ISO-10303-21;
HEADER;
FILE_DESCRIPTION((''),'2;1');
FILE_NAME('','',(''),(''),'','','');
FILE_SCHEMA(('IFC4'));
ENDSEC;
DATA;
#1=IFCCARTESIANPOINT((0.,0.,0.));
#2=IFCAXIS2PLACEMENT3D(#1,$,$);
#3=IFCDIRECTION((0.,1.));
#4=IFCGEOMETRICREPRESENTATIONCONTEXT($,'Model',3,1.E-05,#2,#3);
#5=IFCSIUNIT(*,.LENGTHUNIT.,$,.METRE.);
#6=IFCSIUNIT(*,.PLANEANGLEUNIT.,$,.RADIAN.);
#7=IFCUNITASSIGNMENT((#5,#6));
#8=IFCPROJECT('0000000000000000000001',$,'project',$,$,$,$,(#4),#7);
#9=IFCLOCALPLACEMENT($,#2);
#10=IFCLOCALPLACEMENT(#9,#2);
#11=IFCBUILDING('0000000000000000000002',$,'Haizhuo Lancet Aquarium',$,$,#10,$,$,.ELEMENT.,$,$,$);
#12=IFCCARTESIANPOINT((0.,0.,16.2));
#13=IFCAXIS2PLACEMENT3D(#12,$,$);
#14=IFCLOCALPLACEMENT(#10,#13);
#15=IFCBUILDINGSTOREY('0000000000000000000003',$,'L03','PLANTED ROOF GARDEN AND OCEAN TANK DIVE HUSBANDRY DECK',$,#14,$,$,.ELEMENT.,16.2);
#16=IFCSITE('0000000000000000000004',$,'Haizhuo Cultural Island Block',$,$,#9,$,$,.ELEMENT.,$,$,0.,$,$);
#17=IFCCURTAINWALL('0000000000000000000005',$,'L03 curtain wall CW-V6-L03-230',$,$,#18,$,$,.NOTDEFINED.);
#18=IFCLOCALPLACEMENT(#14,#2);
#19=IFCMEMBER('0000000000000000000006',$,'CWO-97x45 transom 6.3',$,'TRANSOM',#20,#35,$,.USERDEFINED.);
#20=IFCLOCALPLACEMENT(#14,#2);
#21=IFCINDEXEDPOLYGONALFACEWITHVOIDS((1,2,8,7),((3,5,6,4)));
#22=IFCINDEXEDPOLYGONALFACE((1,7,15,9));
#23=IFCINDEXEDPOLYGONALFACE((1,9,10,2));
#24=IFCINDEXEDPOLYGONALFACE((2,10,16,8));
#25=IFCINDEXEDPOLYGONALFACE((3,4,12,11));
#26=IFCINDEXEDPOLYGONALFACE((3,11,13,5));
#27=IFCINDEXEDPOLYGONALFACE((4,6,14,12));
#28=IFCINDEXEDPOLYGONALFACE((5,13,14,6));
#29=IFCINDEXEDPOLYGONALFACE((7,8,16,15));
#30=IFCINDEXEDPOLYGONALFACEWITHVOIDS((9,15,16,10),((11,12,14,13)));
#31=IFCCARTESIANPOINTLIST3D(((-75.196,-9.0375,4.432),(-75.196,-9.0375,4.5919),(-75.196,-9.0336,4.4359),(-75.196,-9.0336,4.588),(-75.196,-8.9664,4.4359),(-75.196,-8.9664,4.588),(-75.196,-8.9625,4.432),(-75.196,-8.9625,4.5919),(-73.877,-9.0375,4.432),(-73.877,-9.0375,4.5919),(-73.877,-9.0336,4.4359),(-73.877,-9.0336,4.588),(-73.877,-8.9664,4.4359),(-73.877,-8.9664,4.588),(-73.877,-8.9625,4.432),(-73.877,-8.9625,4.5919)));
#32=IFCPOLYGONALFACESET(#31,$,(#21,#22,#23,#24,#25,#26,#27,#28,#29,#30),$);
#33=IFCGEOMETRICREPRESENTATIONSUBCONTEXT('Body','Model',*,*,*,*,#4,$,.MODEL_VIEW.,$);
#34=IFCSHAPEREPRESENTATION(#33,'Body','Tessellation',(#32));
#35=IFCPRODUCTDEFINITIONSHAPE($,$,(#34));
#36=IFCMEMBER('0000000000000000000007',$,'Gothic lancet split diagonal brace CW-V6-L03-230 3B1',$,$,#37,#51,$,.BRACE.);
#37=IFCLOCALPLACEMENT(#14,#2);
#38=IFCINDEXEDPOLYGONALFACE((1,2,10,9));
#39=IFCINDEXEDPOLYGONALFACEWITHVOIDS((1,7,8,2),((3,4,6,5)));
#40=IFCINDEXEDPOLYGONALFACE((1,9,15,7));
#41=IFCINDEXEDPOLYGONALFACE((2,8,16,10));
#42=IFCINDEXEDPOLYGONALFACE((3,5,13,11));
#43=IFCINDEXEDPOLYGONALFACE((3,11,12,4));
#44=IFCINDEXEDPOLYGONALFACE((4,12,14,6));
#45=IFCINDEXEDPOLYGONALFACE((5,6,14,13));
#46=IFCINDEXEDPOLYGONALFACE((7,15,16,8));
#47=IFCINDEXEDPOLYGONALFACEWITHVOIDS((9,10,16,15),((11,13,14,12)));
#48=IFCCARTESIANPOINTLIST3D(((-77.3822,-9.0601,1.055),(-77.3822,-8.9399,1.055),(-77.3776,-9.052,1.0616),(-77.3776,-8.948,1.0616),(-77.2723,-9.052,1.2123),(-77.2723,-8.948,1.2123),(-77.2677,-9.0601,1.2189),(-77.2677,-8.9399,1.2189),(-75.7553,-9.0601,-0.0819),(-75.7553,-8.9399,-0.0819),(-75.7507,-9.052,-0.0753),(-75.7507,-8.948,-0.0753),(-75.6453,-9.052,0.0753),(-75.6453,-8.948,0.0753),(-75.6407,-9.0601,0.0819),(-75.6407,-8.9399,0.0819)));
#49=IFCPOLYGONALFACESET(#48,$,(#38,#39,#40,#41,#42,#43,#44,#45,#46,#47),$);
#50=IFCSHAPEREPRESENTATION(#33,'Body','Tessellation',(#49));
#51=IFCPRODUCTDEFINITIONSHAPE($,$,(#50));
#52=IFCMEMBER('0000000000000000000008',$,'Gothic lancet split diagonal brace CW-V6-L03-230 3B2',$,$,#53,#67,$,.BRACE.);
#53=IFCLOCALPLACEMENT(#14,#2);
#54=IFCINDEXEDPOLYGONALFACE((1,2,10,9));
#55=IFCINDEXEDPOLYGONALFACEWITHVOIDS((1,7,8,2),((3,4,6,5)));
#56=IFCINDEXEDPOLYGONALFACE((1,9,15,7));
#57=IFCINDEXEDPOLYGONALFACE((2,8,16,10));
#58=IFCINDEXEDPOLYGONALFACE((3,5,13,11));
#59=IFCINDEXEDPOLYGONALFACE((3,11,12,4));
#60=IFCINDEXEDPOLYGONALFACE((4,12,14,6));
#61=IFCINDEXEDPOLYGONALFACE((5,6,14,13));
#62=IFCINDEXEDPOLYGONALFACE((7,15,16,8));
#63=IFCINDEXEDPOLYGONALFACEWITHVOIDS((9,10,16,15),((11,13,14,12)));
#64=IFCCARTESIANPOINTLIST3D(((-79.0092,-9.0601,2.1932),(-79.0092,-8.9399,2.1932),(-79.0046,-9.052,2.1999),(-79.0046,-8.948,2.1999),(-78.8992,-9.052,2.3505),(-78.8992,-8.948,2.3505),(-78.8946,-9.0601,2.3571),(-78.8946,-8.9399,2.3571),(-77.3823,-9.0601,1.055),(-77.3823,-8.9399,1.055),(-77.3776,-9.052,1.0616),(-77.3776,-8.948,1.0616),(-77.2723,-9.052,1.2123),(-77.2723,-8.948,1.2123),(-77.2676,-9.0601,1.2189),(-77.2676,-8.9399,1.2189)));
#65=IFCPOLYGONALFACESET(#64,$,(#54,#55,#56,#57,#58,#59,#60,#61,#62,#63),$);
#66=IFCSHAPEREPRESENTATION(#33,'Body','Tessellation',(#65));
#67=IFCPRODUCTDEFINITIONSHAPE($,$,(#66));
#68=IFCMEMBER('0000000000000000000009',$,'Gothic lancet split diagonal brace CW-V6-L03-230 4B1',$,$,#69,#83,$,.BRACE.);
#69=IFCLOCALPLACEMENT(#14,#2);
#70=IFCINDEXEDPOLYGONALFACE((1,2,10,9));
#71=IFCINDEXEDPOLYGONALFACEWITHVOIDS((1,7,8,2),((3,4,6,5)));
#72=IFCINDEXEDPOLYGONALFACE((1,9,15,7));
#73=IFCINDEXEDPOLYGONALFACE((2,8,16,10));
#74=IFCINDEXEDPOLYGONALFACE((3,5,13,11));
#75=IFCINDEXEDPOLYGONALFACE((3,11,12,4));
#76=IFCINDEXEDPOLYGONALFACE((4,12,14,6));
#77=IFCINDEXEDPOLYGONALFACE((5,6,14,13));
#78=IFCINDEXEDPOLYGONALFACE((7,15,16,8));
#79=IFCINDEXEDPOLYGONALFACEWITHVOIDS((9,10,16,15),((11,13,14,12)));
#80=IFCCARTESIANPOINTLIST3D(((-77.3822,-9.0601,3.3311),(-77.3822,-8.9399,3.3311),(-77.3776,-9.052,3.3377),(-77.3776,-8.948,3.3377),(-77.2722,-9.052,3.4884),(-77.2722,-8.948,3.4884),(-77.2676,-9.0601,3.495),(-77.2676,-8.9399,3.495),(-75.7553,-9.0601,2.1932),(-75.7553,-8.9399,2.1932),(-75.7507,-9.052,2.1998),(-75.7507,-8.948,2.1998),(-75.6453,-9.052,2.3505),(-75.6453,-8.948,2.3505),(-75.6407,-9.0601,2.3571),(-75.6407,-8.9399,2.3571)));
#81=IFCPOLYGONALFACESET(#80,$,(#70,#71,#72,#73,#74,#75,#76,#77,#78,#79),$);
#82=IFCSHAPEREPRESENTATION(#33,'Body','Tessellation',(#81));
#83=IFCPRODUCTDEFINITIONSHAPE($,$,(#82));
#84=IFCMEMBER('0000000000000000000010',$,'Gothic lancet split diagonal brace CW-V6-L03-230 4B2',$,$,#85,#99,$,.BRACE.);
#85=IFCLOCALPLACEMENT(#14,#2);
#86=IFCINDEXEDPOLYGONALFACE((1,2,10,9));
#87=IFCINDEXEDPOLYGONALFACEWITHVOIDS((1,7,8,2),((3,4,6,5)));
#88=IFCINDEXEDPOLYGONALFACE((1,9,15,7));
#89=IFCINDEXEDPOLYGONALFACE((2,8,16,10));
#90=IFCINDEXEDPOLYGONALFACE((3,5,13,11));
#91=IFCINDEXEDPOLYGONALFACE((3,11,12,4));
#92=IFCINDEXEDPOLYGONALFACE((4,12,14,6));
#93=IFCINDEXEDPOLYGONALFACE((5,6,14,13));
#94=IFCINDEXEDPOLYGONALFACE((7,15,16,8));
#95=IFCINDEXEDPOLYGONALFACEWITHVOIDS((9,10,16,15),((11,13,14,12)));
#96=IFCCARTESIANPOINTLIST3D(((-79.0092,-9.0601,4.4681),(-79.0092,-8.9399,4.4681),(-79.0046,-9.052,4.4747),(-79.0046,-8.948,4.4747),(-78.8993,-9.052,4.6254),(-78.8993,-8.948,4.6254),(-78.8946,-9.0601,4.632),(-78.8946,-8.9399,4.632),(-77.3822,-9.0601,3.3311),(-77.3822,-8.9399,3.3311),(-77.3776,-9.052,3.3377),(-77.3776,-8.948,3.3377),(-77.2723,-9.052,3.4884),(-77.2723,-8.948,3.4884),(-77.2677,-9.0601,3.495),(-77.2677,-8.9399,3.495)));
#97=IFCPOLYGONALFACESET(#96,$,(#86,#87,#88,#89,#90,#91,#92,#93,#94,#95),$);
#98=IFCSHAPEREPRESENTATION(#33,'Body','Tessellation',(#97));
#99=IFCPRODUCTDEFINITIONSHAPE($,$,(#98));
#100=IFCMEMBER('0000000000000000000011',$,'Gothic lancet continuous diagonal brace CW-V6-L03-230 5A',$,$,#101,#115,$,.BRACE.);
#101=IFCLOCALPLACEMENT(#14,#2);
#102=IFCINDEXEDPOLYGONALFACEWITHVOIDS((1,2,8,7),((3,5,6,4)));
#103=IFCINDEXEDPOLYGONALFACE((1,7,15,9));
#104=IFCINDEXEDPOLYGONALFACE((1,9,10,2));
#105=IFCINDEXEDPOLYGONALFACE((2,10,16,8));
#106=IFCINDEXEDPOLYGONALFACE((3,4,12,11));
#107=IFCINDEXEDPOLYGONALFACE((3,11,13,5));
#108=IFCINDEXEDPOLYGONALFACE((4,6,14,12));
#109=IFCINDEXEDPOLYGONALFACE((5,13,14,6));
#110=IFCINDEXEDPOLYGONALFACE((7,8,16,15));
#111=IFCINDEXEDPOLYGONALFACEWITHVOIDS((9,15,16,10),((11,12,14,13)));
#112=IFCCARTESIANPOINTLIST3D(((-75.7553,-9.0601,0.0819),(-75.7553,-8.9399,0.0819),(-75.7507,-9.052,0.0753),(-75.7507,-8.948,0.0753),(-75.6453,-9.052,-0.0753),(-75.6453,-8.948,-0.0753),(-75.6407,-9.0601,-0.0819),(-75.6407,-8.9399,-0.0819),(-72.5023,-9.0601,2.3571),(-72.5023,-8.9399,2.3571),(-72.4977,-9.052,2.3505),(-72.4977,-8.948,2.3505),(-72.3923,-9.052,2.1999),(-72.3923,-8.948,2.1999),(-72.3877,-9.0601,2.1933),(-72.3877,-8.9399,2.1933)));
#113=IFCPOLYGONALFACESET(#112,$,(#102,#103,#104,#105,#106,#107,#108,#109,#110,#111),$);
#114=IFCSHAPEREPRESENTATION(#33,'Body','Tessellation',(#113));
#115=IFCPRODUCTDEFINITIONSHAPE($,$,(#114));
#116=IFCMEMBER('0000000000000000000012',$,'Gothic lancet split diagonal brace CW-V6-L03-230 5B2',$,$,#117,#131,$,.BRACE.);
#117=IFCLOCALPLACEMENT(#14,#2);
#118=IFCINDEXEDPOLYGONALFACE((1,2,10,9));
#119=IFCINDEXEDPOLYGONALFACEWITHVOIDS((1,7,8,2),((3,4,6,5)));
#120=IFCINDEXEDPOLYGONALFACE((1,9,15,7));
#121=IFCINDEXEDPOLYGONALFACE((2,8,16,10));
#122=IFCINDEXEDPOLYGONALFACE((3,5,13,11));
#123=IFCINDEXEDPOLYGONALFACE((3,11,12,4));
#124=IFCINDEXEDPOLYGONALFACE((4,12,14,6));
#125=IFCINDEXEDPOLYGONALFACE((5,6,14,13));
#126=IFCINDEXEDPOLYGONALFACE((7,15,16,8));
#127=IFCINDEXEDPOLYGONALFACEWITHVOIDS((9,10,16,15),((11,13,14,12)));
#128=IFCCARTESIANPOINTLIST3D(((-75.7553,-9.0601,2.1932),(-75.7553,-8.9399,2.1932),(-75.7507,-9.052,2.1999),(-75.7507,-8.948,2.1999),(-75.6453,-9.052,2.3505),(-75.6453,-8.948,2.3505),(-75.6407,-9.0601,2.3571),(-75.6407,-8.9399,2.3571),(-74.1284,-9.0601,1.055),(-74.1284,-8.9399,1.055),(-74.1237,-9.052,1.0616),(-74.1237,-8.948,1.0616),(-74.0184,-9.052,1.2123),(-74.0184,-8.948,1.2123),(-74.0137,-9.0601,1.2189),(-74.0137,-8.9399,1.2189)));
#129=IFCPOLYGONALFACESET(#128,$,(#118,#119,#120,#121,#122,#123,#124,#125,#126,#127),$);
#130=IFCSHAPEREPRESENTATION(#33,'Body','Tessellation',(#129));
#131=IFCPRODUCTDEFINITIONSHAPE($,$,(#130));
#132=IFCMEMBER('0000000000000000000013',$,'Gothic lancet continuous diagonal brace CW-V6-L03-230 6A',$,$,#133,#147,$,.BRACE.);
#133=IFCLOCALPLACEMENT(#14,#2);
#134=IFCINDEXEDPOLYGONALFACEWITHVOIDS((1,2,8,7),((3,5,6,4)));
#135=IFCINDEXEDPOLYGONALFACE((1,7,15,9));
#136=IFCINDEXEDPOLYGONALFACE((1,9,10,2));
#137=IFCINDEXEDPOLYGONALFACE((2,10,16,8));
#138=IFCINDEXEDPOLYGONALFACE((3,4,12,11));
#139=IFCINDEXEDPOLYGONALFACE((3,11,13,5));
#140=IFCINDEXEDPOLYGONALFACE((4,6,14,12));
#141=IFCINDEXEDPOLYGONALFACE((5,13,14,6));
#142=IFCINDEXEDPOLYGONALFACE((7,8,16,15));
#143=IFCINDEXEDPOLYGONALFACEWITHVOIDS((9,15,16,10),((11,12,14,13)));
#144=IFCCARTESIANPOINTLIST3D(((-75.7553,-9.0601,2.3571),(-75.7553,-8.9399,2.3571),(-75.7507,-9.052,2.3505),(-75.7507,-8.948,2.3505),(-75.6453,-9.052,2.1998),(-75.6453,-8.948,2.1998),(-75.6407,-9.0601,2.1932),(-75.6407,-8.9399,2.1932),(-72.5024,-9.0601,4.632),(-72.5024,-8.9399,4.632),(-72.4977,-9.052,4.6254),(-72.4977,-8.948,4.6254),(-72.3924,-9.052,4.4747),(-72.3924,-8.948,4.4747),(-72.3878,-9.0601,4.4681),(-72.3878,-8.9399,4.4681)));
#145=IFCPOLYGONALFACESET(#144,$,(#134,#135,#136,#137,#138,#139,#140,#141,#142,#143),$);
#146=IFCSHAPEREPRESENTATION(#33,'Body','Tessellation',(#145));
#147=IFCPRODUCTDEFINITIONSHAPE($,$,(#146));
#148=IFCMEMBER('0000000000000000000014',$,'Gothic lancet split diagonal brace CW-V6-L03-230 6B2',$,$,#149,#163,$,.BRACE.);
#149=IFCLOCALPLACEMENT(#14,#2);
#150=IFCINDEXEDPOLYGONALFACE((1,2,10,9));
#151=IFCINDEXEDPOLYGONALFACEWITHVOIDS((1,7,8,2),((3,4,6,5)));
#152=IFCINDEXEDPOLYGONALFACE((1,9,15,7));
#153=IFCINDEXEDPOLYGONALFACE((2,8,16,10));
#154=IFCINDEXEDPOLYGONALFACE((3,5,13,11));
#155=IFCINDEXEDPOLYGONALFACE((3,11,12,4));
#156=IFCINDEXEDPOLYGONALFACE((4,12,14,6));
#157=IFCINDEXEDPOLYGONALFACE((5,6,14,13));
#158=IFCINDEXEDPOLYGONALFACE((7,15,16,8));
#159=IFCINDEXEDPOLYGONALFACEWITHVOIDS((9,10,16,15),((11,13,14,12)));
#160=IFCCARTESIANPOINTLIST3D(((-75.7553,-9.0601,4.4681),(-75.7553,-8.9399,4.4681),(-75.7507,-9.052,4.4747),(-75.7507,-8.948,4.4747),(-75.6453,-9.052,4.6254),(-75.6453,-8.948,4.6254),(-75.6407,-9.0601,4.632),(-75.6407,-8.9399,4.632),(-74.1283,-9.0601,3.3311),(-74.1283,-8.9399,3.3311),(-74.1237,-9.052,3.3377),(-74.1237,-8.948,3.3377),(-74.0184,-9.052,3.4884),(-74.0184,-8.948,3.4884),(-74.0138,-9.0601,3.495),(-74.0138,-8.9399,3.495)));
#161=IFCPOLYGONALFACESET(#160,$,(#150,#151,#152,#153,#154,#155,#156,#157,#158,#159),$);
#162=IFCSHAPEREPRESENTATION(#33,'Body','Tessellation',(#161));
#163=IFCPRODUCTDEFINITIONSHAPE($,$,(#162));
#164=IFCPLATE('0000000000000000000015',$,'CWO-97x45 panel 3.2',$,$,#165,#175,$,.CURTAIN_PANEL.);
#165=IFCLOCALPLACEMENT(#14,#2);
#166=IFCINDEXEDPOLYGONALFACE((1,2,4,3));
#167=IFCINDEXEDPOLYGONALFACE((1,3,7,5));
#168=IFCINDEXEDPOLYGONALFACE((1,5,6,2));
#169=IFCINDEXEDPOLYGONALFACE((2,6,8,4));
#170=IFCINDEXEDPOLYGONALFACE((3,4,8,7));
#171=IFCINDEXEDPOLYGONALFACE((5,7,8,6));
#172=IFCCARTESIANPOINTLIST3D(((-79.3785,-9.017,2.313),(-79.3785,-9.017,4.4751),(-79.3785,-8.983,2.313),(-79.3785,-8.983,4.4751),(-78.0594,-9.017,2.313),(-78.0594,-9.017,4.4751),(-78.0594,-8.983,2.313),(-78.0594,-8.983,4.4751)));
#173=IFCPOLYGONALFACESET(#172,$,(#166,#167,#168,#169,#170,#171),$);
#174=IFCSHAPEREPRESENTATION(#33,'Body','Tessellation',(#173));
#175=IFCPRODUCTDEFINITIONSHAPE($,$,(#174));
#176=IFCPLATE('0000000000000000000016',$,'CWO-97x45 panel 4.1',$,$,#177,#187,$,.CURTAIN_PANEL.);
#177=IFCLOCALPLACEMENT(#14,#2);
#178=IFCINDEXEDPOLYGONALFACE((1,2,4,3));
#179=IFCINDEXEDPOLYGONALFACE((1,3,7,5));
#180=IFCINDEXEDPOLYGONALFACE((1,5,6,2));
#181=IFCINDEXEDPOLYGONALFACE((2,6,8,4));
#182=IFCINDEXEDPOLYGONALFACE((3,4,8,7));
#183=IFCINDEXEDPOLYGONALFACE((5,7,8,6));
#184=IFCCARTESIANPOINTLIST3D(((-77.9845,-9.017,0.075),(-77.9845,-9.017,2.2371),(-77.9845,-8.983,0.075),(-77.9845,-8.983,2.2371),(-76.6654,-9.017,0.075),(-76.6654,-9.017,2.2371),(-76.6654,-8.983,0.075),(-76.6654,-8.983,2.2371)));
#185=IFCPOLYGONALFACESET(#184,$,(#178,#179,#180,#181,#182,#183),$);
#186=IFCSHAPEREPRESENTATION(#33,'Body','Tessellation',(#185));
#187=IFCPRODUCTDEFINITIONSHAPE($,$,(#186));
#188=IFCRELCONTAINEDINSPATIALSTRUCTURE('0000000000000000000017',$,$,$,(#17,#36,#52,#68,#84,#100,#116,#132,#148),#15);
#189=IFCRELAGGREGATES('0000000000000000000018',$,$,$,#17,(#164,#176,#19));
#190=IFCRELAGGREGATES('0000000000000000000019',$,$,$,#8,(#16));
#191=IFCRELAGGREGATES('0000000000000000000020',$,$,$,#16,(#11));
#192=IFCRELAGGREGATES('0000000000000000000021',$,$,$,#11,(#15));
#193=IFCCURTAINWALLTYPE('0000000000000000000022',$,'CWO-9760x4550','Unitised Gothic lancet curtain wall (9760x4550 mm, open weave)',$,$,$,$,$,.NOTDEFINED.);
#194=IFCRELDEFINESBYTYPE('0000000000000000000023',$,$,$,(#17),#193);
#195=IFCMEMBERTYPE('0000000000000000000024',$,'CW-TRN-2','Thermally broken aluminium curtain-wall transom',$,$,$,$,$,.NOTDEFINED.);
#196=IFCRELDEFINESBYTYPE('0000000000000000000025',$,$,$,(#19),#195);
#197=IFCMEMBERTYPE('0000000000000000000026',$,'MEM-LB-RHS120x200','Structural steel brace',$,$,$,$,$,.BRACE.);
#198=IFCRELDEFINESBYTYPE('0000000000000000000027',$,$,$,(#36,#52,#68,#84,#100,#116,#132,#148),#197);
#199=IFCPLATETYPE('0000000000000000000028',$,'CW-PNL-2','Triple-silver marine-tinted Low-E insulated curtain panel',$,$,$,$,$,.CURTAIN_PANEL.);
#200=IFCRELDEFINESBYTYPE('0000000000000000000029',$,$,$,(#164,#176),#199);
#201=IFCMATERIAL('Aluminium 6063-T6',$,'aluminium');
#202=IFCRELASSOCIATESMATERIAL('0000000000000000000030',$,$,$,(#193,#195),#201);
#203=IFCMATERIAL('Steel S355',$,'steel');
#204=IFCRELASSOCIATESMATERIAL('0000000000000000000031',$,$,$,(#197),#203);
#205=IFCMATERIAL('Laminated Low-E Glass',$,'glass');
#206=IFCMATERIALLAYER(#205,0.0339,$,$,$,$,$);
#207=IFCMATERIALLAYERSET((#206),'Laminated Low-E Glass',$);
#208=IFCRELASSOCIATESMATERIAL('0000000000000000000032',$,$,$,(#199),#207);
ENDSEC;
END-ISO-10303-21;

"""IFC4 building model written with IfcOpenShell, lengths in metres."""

from ifc_helpers import new_model, si_unit, direction, frame, origin, origin_2d, place, context, subcontext, project, spatial, rectangle, hollow_rectangle, extrude, material, layer, layer_set, material_profile, profile_set, type_object, element, aggregate, save


model = new_model("IFC4")

# Units and contexts
model_context = context("Model", 3, precision=1e-05, world=origin(), true_north=direction((0.0, 1.0)))
body_context = subcontext(model_context, "Body", "Model", "MODEL_VIEW")
ifc_project = project(units=[si_unit("LENGTHUNIT", "METRE"), si_unit("PLANEANGLEUNIT", "RADIAN")], contexts=[model_context])

# Site, building, storey
site_placement = place(None, origin())
site = spatial("IfcSite", under=ifc_project, at=site_placement, Name="Haizhuo Cultural Island Block", CompositionType="ELEMENT", RefElevation=0.0)
building_placement = place(site_placement, origin())
building = spatial("IfcBuilding", under=site, at=building_placement, Name="Haizhuo Lancet Aquarium", CompositionType="ELEMENT")
storey_placement = place(building_placement, frame((0.0, 0.0, 16.2)))
storey = spatial("IfcBuildingStorey", under=building, at=storey_placement, Name="L03", Description="PLANTED ROOF GARDEN AND OCEAN TANK DIVE HUSBANDRY DECK", CompositionType="ELEMENT", Elevation=16.2)

# Curtain wall, member
ifc_material_1 = material(Name="Aluminium 6063-T6", Category="aluminium")
curtain_wall_type = type_object("IfcCurtainWallType", Name="CWO-9760x4550", Description="Unitised Gothic lancet curtain wall (9760x4550 mm, open weave)", PredefinedType="NOTDEFINED", material=ifc_material_1)
curtain_wall_placement = place(storey_placement, origin())
curtain_wall = element("IfcCurtainWall", 1, at=curtain_wall_placement, inside=storey, type_object=curtain_wall_type, Name="L03 curtain wall CW-V6-L03-230", PredefinedType="NOTDEFINED")
ifc_material_profile_1 = material_profile(ifc_material_1, hollow_rectangle(XDim=0.075, YDim=0.1599, WallThickness=0.0039, at=origin_2d()), Name="ALU-T 75x160x4")
ifc_profile_set_1 = profile_set([ifc_material_profile_1], Name="Aluminium 6063-T6")
member_type_1 = type_object("IfcMemberType", Name="CW-TRN-2", Description="Thermally broken aluminium curtain-wall transom", PredefinedType="NOTDEFINED", material=ifc_profile_set_1)
member_1_placement = place(storey_placement, frame((-75.196, -9.0, 4.512), z_axis=(1.0, 0.0, 0.0), x_axis=(0.0, 1.0, 0.0)))
member_1 = element("IfcMember", 2, at=member_1_placement, type_object=member_type_1, Name="CWO-97x45 transom 6.3", ObjectType="TRANSOM", PredefinedType="USERDEFINED", context=body_context, shape_type="SweptSolid", body=[
    extrude(hollow_rectangle(XDim=0.075, YDim=0.1599, WallThickness=0.0039, at=origin_2d()), origin(), (0.0, 0.0, 1.0), 1.3191),
])

# Members
ifc_material_2 = material(Name="Steel S355", Category="steel")
ifc_material_profile_2 = material_profile(ifc_material_2, hollow_rectangle(XDim=0.1201, YDim=0.2, WallThickness=0.0081, at=origin_2d()), Name="RHS 120x200x8")
ifc_profile_set_2 = profile_set([ifc_material_profile_2], Name="Steel S355")
member_type_2 = type_object("IfcMemberType", Name="MEM-LB-RHS120x200", Description="Structural steel brace", PredefinedType="BRACE", material=ifc_profile_set_2)
member_2_placement = place(storey_placement, frame((-75.698, -9.0, 0.0), z_axis=(-0.819682, 0.0, 0.572818), x_axis=(0.0, -1.0, 0.0)))
element("IfcMember", 3, at=member_2_placement, inside=storey, type_object=member_type_2, Name="Gothic lancet split diagonal brace CW-V6-L03-230 3B1", PredefinedType="BRACE", context=body_context, shape_type="SweptSolid", body=[
    extrude(hollow_rectangle(XDim=0.1201, YDim=0.2, WallThickness=0.0081, at=origin_2d()), origin(), (0.0, 0.0, 1.0), 1.9849),
])
member_3_placement = place(storey_placement, frame((-77.325, -9.0, 1.137), z_axis=(-0.819394, 0.0, 0.573231), x_axis=(0.0, -1.0, 0.0)))
element("IfcMember", 4, at=member_3_placement, inside=storey, type_object=member_type_2, Name="Gothic lancet split diagonal brace CW-V6-L03-230 3B2", PredefinedType="BRACE", context=body_context, shape_type="SweptSolid", body=[
    extrude(hollow_rectangle(XDim=0.1201, YDim=0.2, WallThickness=0.0081, at=origin_2d()), origin(), (0.0, 0.0, 1.0), 1.9856),
])
member_4_placement = place(storey_placement, frame((-75.698, -9.0, 2.2751), z_axis=(-0.819451, 0.0, 0.573149), x_axis=(0.0, -1.0, 0.0)))
element("IfcMember", 5, at=member_4_placement, inside=storey, type_object=member_type_2, Name="Gothic lancet split diagonal brace CW-V6-L03-230 4B1", PredefinedType="BRACE", context=body_context, shape_type="SweptSolid", body=[
    extrude(hollow_rectangle(XDim=0.1201, YDim=0.2, WallThickness=0.0081, at=origin_2d()), origin(), (0.0, 0.0, 1.0), 1.9854),
])
member_5_placement = place(storey_placement, frame((-77.325, -9.0, 3.4131), z_axis=(-0.819682, 0.0, 0.572818), x_axis=(0.0, -1.0, 0.0)))
element("IfcMember", 6, at=member_5_placement, inside=storey, type_object=member_type_2, Name="Gothic lancet split diagonal brace CW-V6-L03-230 4B2", PredefinedType="BRACE", context=body_context, shape_type="SweptSolid", body=[
    extrude(hollow_rectangle(XDim=0.1201, YDim=0.2, WallThickness=0.0081, at=origin_2d()), origin(), (0.0, 0.0, 1.0), 1.9849),
])
member_6_placement = place(storey_placement, frame((-75.698, -9.0, 0.0), z_axis=(0.819457, 0.0, 0.57314), x_axis=(0.0, 1.0, 0.0)))
element("IfcMember", 7, at=member_6_placement, inside=storey, type_object=member_type_2, Name="Gothic lancet continuous diagonal brace CW-V6-L03-230 5A", PredefinedType="BRACE", context=body_context, shape_type="SweptSolid", body=[
    extrude(hollow_rectangle(XDim=0.1201, YDim=0.2, WallThickness=0.0081, at=origin_2d()), origin(), (0.0, 0.0, 1.0), 3.9697),
])
member_7_placement = place(storey_placement, frame((-74.071, -9.0, 1.137), z_axis=(-0.819394, 0.0, 0.573231), x_axis=(0.0, -1.0, 0.0)))
element("IfcMember", 8, at=member_7_placement, inside=storey, type_object=member_type_2, Name="Gothic lancet split diagonal brace CW-V6-L03-230 5B2", PredefinedType="BRACE", context=body_context, shape_type="SweptSolid", body=[
    extrude(hollow_rectangle(XDim=0.1201, YDim=0.2, WallThickness=0.0081, at=origin_2d()), origin(), (0.0, 0.0, 1.0), 1.9856),
])
member_8_placement = place(storey_placement, frame((-75.698, -9.0, 2.2751), z_axis=(0.819486, 0.0, 0.573099), x_axis=(0.0, 1.0, 0.0)))
element("IfcMember", 9, at=member_8_placement, inside=storey, type_object=member_type_2, Name="Gothic lancet continuous diagonal brace CW-V6-L03-230 6A", PredefinedType="BRACE", context=body_context, shape_type="SweptSolid", body=[
    extrude(hollow_rectangle(XDim=0.1201, YDim=0.2, WallThickness=0.0081, at=origin_2d()), origin(), (0.0, 0.0, 1.0), 3.9695),
])
member_9_placement = place(storey_placement, frame((-74.071, -9.0, 3.4131), z_axis=(-0.819682, 0.0, 0.572818), x_axis=(0.0, -1.0, 0.0)))
element("IfcMember", 10, at=member_9_placement, inside=storey, type_object=member_type_2, Name="Gothic lancet split diagonal brace CW-V6-L03-230 6B2", PredefinedType="BRACE", context=body_context, shape_type="SweptSolid", body=[
    extrude(hollow_rectangle(XDim=0.1201, YDim=0.2, WallThickness=0.0081, at=origin_2d()), origin(), (0.0, 0.0, 1.0), 1.9849),
])

# Plates
ifc_material_3 = material(Name="Laminated Low-E Glass", Category="glass")
ifc_layer = layer(ifc_material_3, 0.0339)
ifc_layer_set = layer_set([ifc_layer], Name="Laminated Low-E Glass")
plate_type = type_object("IfcPlateType", Name="CW-PNL-2", Description="Triple-silver marine-tinted Low-E insulated curtain panel", PredefinedType="CURTAIN_PANEL", material=ifc_layer_set)
plate_1_placement = place(storey_placement, frame((-78.719, -9.0, 2.313), z_axis=(0.0, 0.0, 1.0), x_axis=(1.0, 0.0, 0.0)))
plate_1 = element("IfcPlate", 11, at=plate_1_placement, type_object=plate_type, Name="CWO-97x45 panel 3.2", PredefinedType="CURTAIN_PANEL", context=body_context, shape_type="SweptSolid", body=[
    extrude(rectangle(XDim=1.3191, YDim=0.0339, at=origin_2d()), origin(), (0.0, 0.0, 1.0), 2.1621),
])
plate_2_placement = place(storey_placement, frame((-77.325, -9.0, 0.075), z_axis=(0.0, 0.0, 1.0), x_axis=(1.0, 0.0, 0.0)))
plate_2 = element("IfcPlate", 12, at=plate_2_placement, type_object=plate_type, Name="CWO-97x45 panel 4.1", PredefinedType="CURTAIN_PANEL", context=body_context, shape_type="SweptSolid", body=[
    extrude(rectangle(XDim=1.3191, YDim=0.0339, at=origin_2d()), origin(), (0.0, 0.0, 1.0), 2.1621),
])
aggregate(curtain_wall, [plate_1, plate_2, member_1])

save(model, "model.ifc")
